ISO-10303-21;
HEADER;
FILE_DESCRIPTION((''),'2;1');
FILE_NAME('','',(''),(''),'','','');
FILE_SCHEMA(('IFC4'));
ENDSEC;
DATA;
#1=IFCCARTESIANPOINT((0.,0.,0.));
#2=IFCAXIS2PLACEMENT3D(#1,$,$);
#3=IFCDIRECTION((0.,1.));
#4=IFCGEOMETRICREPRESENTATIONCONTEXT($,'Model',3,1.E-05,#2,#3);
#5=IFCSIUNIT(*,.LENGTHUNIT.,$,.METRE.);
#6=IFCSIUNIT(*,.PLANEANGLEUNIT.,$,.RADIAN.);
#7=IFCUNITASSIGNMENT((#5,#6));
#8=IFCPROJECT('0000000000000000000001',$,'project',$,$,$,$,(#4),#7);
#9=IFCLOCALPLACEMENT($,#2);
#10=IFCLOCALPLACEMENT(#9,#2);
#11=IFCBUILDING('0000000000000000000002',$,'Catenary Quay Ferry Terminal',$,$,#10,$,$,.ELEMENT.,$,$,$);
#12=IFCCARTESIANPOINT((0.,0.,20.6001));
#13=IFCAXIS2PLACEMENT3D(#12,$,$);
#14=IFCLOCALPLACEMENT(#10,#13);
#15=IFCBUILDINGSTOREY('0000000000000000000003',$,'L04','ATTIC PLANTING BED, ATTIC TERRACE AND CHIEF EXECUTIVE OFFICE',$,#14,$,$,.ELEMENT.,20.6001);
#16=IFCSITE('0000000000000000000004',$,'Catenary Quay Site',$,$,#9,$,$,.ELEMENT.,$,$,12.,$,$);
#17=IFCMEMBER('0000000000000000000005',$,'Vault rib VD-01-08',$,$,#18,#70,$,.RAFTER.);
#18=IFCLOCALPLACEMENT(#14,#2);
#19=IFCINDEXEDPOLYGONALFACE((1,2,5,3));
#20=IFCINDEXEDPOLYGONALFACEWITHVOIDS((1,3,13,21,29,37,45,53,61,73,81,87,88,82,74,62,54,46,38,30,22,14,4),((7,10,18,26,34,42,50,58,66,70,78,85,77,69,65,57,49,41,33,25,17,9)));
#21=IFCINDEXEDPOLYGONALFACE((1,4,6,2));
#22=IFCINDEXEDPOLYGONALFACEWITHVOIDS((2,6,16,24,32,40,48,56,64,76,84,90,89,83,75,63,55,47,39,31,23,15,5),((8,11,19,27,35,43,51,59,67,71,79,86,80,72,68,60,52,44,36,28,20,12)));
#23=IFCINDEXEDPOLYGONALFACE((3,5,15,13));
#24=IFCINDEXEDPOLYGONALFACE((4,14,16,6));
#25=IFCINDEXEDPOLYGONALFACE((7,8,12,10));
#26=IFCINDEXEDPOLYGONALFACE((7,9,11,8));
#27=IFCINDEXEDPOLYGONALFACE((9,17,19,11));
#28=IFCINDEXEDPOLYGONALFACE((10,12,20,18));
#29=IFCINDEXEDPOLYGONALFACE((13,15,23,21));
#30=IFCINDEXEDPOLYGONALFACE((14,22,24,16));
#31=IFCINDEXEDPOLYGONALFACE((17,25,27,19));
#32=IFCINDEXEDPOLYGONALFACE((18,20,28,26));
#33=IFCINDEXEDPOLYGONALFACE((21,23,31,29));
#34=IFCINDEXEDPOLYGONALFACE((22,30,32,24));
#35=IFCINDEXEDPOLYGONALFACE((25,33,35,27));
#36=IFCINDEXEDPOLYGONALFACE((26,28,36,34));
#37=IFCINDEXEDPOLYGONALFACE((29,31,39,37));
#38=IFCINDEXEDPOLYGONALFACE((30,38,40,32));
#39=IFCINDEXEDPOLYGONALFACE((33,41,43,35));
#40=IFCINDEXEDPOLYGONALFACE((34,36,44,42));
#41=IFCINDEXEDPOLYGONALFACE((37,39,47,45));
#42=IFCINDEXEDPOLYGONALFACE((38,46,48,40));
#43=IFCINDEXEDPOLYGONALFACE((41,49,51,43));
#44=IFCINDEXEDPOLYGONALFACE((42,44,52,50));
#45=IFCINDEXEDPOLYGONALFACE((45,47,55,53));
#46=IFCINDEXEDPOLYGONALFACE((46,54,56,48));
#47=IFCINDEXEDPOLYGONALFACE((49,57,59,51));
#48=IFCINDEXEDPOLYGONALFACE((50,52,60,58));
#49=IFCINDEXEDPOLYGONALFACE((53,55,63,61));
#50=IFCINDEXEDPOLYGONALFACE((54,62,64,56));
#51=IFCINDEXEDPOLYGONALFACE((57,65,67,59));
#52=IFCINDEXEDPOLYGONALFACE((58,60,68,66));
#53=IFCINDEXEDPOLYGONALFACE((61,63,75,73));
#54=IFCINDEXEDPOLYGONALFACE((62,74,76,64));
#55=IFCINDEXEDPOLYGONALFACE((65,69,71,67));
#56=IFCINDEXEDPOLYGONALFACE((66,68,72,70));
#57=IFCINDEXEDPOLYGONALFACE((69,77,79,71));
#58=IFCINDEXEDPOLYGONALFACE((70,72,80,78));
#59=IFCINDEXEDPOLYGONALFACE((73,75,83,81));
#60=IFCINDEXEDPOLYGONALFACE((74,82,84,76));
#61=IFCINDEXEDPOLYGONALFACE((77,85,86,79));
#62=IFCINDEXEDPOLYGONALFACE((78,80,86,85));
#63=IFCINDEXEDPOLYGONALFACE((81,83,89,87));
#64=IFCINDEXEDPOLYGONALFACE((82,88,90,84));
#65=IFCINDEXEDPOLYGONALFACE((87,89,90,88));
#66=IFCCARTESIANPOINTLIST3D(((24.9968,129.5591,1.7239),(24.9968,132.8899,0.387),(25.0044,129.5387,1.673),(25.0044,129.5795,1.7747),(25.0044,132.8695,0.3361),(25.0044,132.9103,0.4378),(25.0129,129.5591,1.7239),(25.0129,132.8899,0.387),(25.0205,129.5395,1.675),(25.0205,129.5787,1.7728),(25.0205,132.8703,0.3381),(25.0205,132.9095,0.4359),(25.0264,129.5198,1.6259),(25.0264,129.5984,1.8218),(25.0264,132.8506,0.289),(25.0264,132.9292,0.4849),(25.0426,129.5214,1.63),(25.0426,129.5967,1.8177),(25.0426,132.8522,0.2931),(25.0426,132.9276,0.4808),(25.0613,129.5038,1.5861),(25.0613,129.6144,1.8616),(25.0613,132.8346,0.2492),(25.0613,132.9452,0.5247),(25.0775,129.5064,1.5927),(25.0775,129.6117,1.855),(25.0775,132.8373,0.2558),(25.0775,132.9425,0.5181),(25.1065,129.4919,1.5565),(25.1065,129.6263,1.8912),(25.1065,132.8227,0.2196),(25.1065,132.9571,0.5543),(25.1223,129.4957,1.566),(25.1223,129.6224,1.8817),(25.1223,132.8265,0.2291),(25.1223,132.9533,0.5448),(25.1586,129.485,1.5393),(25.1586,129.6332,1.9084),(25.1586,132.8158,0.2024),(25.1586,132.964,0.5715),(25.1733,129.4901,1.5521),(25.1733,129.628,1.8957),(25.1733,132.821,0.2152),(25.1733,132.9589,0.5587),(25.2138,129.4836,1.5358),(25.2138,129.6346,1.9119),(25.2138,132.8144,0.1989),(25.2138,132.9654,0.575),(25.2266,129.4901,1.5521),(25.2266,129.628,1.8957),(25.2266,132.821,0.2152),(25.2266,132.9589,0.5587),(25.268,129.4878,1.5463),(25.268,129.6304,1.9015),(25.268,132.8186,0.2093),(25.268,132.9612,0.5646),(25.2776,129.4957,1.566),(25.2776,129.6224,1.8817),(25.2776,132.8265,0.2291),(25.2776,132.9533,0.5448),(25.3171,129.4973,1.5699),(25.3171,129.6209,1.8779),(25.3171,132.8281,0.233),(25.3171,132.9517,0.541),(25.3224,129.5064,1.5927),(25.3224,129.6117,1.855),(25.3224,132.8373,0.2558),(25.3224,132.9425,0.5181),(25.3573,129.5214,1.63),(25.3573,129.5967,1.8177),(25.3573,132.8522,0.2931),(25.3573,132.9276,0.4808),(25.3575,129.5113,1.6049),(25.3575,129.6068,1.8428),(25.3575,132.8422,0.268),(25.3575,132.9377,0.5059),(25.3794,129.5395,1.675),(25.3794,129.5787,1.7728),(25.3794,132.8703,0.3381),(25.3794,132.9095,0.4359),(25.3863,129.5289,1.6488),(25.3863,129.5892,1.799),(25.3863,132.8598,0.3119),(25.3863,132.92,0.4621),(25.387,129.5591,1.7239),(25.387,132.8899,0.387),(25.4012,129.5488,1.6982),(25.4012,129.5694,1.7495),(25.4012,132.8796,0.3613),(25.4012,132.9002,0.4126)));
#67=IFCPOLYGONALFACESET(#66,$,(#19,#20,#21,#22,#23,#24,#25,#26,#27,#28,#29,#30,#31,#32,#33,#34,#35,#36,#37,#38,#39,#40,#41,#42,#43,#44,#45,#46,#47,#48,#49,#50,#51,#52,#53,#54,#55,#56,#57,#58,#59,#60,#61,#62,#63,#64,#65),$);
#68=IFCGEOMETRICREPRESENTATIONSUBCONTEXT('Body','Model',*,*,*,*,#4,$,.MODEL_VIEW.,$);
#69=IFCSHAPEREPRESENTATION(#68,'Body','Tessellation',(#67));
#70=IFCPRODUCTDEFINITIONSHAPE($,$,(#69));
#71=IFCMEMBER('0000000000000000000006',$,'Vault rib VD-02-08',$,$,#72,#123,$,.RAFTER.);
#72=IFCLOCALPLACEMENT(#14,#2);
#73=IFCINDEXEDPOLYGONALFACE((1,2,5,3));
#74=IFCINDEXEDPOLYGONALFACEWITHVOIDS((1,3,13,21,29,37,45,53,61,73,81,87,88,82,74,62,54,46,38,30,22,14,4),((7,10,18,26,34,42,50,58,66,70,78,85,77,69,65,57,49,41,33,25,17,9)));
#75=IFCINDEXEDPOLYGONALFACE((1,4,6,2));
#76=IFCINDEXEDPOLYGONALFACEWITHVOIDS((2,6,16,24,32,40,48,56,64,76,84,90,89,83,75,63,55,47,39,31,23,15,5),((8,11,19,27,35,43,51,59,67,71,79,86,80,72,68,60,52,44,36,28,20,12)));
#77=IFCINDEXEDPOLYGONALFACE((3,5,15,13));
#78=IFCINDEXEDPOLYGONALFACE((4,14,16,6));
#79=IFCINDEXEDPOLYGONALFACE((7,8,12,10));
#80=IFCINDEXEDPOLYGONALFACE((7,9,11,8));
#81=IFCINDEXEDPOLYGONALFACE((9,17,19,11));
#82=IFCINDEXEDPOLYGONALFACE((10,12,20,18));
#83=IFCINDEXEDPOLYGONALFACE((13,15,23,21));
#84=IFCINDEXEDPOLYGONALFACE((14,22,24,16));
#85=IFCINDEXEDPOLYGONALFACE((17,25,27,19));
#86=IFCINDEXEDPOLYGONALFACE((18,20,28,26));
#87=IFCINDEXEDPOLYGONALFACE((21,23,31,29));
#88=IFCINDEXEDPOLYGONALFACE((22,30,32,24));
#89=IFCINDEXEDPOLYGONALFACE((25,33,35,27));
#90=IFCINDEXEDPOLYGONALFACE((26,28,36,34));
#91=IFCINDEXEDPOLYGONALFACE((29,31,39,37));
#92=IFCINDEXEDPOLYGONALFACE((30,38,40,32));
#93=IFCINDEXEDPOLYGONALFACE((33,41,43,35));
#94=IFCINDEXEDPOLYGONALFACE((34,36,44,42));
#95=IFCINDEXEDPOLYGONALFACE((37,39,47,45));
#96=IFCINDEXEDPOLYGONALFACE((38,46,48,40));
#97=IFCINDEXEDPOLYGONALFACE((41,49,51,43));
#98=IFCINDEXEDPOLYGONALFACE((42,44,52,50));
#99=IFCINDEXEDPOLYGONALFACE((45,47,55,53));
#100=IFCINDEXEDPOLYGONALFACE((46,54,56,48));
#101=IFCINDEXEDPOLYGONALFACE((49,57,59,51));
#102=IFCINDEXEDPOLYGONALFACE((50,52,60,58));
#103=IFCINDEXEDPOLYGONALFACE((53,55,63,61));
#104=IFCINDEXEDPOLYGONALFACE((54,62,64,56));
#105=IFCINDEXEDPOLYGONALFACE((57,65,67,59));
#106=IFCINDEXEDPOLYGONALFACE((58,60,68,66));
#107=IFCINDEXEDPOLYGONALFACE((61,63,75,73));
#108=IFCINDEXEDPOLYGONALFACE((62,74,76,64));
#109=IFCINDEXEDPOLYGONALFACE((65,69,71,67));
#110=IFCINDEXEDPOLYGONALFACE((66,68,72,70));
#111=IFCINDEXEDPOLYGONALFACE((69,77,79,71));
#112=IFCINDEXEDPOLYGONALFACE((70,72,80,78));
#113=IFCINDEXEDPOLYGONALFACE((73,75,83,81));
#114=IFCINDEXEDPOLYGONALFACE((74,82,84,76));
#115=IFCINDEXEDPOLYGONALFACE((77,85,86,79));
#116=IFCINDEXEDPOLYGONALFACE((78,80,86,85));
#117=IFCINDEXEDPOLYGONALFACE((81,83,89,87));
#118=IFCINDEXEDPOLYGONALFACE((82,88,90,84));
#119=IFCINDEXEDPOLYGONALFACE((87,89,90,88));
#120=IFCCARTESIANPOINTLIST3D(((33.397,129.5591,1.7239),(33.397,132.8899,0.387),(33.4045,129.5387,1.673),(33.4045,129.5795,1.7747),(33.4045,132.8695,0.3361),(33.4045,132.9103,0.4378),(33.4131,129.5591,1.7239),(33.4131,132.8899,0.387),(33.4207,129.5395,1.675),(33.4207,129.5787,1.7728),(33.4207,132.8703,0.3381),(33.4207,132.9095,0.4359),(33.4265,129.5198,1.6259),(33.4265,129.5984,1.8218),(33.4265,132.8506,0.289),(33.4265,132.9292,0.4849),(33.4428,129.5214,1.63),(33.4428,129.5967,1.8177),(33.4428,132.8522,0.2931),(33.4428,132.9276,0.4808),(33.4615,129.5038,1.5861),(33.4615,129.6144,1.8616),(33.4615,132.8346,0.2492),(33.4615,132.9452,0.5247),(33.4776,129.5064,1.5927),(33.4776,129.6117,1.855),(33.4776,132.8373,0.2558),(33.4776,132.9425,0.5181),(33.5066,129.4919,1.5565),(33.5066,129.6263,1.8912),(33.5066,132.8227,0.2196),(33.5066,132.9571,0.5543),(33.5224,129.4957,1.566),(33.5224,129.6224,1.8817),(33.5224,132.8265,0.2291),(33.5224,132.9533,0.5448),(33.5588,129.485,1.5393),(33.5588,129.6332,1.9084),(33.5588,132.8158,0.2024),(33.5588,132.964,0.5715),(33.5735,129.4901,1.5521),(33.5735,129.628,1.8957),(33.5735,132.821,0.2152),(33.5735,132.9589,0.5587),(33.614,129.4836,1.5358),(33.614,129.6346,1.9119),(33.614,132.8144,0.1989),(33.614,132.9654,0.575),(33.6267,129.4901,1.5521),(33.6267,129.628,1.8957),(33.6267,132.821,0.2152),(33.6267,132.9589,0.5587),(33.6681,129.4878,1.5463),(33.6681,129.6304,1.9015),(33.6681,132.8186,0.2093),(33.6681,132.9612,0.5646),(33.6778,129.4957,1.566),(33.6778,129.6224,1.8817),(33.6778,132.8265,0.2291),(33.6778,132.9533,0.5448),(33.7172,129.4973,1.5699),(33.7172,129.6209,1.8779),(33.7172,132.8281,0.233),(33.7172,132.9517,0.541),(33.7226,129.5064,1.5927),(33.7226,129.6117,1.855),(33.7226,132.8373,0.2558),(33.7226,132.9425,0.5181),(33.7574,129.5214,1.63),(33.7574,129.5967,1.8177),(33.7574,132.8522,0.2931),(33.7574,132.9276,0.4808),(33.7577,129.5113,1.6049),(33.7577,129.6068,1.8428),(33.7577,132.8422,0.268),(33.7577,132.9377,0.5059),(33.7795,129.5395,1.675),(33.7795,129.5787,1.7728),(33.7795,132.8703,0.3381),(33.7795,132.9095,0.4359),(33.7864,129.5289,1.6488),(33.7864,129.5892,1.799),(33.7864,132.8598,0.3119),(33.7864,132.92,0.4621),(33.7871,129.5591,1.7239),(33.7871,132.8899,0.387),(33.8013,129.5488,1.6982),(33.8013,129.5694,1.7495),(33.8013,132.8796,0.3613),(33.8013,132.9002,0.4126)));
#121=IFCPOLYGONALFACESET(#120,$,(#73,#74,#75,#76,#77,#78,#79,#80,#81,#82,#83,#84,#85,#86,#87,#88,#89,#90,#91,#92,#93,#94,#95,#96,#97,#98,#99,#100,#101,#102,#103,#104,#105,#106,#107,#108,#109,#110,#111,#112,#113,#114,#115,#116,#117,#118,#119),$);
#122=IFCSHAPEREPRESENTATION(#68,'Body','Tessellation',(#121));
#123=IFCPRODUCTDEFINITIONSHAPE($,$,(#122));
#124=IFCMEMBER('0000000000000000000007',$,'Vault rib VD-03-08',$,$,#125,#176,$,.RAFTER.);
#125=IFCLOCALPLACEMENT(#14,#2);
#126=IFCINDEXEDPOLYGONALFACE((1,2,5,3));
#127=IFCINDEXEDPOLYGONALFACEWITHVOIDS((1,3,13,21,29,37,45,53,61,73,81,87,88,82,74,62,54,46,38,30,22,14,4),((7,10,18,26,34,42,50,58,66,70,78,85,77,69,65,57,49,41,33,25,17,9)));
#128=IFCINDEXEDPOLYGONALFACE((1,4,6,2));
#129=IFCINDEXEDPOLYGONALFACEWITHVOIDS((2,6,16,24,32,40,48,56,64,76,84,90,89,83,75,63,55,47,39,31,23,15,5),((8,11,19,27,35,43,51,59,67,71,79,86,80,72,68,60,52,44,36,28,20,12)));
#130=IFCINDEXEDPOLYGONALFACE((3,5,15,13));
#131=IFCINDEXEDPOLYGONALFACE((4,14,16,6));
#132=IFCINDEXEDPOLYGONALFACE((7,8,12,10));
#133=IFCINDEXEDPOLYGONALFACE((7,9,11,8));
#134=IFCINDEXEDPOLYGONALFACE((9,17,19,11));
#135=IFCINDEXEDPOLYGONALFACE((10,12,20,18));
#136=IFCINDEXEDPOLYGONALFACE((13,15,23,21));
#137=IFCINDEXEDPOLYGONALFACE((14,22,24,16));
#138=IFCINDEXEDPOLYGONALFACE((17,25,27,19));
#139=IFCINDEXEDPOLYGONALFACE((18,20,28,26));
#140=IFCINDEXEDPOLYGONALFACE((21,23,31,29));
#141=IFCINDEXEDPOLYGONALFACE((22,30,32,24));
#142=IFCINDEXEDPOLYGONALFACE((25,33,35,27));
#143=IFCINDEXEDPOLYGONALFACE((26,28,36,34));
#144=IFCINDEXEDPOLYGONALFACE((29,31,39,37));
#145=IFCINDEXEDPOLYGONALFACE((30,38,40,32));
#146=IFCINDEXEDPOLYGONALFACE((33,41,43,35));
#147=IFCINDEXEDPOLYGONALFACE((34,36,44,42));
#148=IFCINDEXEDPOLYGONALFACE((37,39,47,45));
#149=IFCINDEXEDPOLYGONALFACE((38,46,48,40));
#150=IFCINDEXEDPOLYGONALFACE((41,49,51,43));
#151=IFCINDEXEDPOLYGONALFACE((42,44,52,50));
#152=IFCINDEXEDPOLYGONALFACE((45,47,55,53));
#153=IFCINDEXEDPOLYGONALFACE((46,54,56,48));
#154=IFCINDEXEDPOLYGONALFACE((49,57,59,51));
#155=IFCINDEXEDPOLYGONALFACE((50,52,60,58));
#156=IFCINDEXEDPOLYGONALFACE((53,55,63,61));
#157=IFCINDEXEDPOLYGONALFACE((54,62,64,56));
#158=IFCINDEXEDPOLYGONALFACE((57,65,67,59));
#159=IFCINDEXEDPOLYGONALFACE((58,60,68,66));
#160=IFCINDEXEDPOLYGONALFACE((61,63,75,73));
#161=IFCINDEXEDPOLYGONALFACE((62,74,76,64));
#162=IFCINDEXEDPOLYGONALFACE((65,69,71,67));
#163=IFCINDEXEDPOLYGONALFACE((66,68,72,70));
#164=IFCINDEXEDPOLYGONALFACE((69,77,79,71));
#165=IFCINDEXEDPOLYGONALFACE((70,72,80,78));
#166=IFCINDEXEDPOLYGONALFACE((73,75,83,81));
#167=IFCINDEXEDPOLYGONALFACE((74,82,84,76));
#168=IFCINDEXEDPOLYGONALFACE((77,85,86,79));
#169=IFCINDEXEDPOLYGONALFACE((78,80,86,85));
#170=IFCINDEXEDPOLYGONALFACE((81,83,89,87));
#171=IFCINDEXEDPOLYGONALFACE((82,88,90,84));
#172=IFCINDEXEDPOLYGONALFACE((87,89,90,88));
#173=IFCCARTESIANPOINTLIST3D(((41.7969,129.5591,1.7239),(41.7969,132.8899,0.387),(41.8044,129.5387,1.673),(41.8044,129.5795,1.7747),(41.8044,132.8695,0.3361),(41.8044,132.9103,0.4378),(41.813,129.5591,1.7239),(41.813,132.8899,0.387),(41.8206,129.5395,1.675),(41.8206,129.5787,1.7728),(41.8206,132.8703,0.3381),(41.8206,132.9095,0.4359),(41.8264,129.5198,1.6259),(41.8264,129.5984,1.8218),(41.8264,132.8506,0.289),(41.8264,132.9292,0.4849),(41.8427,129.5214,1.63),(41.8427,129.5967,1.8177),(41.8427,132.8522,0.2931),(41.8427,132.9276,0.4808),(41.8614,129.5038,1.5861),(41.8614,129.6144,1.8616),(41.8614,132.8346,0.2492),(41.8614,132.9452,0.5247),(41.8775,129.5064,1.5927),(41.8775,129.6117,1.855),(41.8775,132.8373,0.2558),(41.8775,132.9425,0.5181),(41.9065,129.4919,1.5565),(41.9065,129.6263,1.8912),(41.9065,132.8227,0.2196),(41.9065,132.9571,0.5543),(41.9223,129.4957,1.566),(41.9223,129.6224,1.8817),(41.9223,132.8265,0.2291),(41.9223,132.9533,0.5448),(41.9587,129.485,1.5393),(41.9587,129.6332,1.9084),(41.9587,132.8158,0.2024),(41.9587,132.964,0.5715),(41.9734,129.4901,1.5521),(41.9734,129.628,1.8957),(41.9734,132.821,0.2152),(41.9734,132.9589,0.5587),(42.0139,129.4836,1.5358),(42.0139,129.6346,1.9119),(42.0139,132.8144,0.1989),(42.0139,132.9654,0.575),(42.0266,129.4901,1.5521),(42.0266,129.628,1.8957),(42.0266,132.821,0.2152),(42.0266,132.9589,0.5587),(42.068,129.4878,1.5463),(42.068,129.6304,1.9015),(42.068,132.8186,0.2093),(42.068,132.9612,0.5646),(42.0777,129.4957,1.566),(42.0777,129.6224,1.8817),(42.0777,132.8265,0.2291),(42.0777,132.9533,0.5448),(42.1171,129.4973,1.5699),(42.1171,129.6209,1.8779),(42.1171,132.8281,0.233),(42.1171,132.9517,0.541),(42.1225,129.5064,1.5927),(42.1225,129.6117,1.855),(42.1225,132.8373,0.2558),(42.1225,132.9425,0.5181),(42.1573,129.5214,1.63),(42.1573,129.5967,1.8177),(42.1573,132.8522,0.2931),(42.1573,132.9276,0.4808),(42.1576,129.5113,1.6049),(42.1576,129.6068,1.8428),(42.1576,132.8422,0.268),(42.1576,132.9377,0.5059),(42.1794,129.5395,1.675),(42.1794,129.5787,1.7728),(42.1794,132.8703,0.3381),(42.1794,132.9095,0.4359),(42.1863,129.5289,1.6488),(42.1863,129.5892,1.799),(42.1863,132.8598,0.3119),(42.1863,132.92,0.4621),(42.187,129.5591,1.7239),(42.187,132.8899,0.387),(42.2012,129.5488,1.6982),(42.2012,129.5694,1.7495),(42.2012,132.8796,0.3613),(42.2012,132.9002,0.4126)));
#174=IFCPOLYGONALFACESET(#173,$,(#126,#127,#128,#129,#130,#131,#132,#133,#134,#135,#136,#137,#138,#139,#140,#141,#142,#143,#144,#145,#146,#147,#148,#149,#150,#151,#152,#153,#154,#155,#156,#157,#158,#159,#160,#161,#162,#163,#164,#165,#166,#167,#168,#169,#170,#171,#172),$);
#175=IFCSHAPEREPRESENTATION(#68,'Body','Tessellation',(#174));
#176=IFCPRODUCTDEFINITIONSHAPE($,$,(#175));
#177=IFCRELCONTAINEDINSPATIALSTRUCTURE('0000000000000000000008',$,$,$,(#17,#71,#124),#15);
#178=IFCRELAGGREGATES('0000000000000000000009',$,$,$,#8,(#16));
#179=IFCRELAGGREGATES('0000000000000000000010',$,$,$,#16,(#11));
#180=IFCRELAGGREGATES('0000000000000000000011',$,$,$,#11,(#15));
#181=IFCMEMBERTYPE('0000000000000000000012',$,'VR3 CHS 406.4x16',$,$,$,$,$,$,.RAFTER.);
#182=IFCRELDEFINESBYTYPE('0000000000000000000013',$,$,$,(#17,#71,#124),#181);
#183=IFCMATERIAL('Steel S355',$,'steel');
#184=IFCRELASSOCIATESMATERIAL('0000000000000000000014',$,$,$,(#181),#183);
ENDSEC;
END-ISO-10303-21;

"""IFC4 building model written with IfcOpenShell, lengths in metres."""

from ifc_helpers import new_model, si_unit, direction, frame, origin, origin_2d, place, context, subcontext, project, spatial, hollow_circle, extrude, material, material_profile, profile_set, type_object, element, save


model = new_model("IFC4")

# Units and contexts
model_context = context("Model", 3, precision=1e-05, world=origin(), true_north=direction((0.0, 1.0)))
body_context = subcontext(model_context, "Body", "Model", "MODEL_VIEW")
ifc_project = project(units=[si_unit("LENGTHUNIT", "METRE"), si_unit("PLANEANGLEUNIT", "RADIAN")], contexts=[model_context])

# Site, building, storey
site_placement = place(None, origin())
site = spatial("IfcSite", under=ifc_project, at=site_placement, Name="Catenary Quay Site", CompositionType="ELEMENT", RefElevation=12.0)
building_placement = place(site_placement, origin())
building = spatial("IfcBuilding", under=site, at=building_placement, Name="Catenary Quay Ferry Terminal", CompositionType="ELEMENT")
storey_placement = place(building_placement, frame((0.0, 0.0, 20.6001)))
storey = spatial("IfcBuildingStorey", under=building, at=storey_placement, Name="L04", Description="ATTIC PLANTING BED, ATTIC TERRACE AND CHIEF EXECUTIVE OFFICE", CompositionType="ELEMENT", Elevation=20.6001)

# Members
ifc_material_1 = material(Name="Steel S355", Category="steel")
ifc_material_profile_1 = material_profile(ifc_material_1, hollow_circle(Radius=0.2031, WallThickness=0.0161, at=origin_2d()), Name="CHS 406.4x16")
ifc_profile_set_1 = profile_set([ifc_material_profile_1], Name="Steel S355")
member_type_1 = type_object("IfcMemberType", Name="VR3 CHS 406.4x16", PredefinedType="RAFTER", material=ifc_profile_set_1)
for number, where, z_axis, x_axis, name in (
    (1, (25.2, 129.5591, 1.7239), (0.0, 0.928035, -0.372493), (-1.0, 0.0, 0.0), "Vault rib VD-01-08"),
    (2, (33.6001, 129.5591, 1.7239), (0.0, 0.928035, -0.372493), (-1.0, 0.0, 0.0), "Vault rib VD-02-08"),
    (3, (42.0, 129.5591, 1.7239), (0.0, 0.928035, -0.372493), (-1.0, 0.0, 0.0), "Vault rib VD-03-08"),
):
    element("IfcMember", number, at=place(storey_placement, frame(where, z_axis=z_axis, x_axis=x_axis)), inside=storey, type_object=member_type_1, Name=name, PredefinedType="RAFTER", context=body_context, shape_type="SweptSolid", body=[
        extrude(hollow_circle(Radius=0.2031, WallThickness=0.0161, at=origin_2d()), origin(), (0.0, 0.0, 1.0), 3.5891),
    ])

save(model, "model.ifc")
